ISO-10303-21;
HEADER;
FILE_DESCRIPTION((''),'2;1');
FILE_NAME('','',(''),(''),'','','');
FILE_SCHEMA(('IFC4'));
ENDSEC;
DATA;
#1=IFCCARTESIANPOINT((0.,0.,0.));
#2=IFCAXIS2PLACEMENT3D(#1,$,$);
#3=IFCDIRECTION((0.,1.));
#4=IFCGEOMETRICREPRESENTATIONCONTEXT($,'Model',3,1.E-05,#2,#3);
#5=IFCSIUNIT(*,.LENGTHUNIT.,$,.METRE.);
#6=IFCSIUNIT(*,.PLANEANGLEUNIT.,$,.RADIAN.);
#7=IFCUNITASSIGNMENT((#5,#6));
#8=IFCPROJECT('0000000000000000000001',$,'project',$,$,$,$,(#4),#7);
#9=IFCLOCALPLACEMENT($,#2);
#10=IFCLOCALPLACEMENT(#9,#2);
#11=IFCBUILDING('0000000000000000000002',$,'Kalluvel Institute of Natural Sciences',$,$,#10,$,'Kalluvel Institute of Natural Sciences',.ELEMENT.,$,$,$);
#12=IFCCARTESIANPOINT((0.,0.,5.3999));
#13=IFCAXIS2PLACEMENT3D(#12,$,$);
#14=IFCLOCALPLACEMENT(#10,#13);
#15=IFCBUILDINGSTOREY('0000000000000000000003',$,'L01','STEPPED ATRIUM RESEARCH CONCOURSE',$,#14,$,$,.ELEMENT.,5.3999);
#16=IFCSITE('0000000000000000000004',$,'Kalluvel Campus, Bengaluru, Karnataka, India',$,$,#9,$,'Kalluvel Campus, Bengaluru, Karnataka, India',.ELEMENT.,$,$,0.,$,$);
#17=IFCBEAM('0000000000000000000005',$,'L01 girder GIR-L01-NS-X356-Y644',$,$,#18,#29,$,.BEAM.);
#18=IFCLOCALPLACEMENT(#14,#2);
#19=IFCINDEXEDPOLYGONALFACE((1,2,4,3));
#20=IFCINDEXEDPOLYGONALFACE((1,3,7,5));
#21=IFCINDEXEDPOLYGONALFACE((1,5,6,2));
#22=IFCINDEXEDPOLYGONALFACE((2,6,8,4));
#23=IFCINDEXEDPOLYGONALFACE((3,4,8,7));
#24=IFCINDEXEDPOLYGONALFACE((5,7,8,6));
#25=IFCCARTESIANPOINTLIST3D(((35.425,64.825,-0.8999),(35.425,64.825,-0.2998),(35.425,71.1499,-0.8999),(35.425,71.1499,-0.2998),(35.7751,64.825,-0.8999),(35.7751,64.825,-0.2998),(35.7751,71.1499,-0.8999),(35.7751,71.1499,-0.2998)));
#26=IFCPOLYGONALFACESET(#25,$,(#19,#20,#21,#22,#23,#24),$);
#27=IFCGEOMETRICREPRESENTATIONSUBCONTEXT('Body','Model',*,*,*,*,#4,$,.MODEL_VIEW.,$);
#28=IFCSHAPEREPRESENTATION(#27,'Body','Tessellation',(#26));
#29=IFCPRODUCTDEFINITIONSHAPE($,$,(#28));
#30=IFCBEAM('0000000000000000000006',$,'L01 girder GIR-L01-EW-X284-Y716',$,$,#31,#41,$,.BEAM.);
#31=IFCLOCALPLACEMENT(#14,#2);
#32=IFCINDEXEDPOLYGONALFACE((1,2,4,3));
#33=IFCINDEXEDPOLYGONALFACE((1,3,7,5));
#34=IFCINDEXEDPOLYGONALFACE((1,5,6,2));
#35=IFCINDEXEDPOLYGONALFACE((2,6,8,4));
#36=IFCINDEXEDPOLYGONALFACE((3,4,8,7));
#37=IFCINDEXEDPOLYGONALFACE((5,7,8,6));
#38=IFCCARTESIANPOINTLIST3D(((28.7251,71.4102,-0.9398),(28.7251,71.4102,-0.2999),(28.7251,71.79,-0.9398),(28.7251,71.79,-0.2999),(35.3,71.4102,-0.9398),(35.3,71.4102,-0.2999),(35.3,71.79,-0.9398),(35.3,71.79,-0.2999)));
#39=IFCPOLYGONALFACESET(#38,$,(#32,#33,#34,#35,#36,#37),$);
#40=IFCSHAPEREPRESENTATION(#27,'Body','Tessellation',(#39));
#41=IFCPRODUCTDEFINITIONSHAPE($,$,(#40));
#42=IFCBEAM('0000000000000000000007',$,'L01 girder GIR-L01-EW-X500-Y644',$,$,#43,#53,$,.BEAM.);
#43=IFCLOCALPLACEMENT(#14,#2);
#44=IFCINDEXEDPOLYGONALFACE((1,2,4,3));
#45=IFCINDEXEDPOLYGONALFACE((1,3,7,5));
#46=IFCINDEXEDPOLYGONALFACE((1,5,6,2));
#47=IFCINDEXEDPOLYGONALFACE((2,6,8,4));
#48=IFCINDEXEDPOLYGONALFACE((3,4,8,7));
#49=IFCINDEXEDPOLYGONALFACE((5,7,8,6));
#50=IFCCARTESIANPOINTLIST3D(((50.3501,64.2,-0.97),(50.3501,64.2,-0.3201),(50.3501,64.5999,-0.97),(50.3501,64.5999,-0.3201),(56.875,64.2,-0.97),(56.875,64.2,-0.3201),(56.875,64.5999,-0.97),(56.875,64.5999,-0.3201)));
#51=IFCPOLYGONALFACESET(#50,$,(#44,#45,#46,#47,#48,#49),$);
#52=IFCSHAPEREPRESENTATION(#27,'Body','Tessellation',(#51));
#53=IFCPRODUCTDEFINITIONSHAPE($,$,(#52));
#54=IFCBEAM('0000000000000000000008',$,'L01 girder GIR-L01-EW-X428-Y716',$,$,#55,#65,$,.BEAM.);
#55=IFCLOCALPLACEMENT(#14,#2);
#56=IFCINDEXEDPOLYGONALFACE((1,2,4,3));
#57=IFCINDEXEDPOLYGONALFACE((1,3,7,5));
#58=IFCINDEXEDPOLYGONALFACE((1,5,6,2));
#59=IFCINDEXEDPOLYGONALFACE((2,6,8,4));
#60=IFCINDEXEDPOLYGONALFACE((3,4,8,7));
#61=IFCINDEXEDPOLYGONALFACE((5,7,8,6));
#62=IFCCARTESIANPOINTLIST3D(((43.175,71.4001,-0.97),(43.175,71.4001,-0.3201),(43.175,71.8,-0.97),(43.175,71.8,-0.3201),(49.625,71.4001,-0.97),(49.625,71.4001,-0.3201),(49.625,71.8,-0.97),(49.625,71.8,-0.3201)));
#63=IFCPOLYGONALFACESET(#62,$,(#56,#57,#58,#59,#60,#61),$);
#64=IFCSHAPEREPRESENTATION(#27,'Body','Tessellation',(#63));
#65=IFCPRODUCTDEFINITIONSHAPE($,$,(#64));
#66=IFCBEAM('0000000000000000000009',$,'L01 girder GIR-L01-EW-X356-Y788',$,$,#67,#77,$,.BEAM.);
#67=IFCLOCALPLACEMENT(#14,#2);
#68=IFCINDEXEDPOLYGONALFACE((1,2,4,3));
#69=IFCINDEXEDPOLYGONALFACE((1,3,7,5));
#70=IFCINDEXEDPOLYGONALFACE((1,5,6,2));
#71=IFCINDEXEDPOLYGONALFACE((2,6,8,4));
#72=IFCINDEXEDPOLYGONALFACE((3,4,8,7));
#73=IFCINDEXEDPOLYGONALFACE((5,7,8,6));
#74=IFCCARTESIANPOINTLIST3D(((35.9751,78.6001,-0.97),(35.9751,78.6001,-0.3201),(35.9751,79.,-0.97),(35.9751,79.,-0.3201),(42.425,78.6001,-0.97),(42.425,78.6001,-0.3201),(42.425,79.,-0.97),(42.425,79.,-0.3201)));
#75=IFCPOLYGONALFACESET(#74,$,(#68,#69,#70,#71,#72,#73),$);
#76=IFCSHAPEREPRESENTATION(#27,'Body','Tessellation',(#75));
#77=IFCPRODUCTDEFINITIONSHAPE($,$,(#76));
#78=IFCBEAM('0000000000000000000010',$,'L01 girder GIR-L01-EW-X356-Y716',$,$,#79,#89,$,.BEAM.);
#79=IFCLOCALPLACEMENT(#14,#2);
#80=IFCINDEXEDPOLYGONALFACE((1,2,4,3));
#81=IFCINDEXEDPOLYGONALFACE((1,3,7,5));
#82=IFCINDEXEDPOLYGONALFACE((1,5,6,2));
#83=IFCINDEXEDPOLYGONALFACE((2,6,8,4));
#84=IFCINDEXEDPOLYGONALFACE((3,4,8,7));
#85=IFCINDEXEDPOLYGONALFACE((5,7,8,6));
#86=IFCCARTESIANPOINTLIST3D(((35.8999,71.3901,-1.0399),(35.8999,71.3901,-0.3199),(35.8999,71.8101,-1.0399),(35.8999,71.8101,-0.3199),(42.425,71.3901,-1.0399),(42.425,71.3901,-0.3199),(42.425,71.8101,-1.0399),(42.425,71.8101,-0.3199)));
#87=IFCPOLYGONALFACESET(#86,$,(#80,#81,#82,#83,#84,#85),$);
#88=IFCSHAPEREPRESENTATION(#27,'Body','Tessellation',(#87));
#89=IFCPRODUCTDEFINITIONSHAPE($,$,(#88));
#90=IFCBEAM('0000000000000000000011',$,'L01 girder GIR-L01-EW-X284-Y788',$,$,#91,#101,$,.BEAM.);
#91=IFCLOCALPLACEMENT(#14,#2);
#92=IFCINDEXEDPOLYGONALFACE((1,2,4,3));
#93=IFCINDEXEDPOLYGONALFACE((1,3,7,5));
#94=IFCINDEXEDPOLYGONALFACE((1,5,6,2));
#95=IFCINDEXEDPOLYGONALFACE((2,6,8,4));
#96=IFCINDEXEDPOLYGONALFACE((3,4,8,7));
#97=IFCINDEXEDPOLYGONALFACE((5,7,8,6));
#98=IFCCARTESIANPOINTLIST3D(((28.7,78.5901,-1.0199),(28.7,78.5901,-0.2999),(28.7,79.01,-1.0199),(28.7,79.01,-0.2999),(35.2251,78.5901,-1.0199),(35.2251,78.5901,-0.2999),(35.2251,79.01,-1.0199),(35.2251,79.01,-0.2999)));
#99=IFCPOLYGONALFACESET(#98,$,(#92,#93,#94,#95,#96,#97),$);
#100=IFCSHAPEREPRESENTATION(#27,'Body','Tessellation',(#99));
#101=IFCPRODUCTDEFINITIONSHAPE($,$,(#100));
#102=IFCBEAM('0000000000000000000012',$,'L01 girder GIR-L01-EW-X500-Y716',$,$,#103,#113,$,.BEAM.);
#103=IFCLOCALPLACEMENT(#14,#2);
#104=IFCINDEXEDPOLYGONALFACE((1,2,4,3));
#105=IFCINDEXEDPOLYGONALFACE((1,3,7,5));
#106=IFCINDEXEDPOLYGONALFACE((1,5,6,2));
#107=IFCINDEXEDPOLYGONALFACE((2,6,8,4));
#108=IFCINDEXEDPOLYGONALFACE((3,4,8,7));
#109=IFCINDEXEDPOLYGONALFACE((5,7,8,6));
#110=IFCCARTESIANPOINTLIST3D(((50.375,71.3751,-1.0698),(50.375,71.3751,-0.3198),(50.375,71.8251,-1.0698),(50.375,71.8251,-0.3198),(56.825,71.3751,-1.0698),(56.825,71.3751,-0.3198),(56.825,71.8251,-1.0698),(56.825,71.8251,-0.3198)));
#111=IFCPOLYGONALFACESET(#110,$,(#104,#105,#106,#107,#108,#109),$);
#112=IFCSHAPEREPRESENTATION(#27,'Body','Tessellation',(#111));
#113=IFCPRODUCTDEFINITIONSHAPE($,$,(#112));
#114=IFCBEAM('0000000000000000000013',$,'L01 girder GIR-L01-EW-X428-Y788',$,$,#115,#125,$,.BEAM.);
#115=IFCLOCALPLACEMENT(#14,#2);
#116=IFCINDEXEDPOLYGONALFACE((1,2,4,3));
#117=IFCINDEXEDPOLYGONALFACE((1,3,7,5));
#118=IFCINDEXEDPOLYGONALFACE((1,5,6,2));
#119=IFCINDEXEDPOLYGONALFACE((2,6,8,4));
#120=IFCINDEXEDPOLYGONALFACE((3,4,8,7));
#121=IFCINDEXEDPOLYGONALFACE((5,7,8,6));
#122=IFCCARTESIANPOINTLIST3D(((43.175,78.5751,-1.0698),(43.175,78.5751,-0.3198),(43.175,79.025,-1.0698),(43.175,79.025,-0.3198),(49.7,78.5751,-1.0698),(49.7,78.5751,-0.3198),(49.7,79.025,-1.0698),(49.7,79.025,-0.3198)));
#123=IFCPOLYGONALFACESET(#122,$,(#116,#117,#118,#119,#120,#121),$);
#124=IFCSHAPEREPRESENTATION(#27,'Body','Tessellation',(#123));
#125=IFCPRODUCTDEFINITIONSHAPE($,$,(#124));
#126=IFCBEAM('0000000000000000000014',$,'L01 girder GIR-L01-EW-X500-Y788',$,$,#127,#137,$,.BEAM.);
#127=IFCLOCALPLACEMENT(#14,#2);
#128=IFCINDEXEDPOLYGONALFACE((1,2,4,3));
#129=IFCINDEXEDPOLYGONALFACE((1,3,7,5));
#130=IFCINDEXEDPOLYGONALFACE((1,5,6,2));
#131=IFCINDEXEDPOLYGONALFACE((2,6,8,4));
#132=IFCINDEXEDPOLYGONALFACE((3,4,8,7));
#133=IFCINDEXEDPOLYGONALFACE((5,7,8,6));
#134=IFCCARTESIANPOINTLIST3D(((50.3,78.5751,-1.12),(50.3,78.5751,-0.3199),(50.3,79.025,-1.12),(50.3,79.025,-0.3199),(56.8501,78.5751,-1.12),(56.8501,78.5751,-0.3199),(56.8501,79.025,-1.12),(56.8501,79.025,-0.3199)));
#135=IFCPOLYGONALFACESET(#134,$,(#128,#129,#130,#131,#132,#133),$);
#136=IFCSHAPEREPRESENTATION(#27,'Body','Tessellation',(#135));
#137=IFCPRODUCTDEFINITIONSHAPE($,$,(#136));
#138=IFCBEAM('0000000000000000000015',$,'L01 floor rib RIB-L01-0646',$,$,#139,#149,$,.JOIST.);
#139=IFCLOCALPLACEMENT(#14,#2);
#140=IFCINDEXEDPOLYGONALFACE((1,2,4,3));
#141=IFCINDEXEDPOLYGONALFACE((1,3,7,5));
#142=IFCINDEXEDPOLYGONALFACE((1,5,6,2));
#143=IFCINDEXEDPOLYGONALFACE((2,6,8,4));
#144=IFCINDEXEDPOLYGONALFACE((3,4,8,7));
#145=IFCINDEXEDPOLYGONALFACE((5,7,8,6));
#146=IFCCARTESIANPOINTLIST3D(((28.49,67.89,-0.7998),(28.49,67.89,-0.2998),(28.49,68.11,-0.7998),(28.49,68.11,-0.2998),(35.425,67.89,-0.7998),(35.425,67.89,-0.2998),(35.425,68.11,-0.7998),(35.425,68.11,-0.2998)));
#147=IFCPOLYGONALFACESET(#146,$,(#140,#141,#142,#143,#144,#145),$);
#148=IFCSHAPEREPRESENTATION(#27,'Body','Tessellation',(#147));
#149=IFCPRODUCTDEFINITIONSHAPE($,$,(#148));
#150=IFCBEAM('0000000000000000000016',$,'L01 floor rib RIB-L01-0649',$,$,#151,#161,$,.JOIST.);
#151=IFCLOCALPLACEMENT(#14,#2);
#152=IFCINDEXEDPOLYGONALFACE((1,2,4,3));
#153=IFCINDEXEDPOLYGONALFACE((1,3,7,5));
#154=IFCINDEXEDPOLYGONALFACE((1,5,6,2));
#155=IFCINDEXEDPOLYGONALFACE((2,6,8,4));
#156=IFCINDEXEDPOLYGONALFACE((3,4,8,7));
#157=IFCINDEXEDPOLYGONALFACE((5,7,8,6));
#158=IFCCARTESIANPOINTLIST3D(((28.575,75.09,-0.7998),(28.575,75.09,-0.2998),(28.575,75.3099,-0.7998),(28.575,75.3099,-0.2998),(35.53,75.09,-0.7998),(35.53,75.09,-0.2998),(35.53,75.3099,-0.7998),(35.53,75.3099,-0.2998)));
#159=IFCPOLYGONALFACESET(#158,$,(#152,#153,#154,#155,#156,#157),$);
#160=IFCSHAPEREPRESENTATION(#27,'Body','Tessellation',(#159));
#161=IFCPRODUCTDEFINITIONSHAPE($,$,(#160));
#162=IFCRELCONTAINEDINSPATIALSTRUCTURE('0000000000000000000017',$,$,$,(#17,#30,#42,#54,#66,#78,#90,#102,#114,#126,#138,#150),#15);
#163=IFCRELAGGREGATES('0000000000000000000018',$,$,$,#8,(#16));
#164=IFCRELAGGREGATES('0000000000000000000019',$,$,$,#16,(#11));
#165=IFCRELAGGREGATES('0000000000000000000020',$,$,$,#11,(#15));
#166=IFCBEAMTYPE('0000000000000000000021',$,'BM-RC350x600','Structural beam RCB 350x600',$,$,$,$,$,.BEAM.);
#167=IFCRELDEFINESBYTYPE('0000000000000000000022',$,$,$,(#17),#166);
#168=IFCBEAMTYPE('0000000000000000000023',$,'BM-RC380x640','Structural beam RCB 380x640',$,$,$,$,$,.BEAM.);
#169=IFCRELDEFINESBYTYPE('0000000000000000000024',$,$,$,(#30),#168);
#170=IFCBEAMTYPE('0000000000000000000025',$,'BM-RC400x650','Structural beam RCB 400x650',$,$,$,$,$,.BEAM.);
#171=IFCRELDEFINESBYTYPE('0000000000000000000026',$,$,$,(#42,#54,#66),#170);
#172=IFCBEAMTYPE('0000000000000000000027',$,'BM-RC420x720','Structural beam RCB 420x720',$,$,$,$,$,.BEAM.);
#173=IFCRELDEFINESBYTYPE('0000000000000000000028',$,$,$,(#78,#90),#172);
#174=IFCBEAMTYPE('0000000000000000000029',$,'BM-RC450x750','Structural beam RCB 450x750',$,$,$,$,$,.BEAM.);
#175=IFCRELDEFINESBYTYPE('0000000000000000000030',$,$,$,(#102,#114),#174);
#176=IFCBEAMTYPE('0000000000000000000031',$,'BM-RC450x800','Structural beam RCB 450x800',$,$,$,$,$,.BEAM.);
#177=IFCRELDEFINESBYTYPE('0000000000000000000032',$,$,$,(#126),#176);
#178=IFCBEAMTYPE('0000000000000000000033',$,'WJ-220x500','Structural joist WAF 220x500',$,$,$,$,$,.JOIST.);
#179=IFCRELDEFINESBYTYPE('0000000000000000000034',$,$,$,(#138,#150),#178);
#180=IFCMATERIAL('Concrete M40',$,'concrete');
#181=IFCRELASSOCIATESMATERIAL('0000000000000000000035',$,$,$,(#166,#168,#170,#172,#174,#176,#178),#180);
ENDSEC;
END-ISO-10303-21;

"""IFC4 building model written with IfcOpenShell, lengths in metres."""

from ifc_helpers import new_model, si_unit, direction, frame, origin, origin_2d, place, context, subcontext, project, spatial, rectangle, extrude, material, material_profile, profile_set, type_object, element, save


model = new_model("IFC4")

# Units and contexts
model_context = context("Model", 3, precision=1e-05, world=origin(), true_north=direction((0.0, 1.0)))
body_context = subcontext(model_context, "Body", "Model", "MODEL_VIEW")
ifc_project = project(units=[si_unit("LENGTHUNIT", "METRE"), si_unit("PLANEANGLEUNIT", "RADIAN")], contexts=[model_context])

# Site, building, storey
site_placement = place(None, origin())
site = spatial("IfcSite", under=ifc_project, at=site_placement, Name="Kalluvel Campus, Bengaluru, Karnataka, India", LongName="Kalluvel Campus, Bengaluru, Karnataka, India", CompositionType="ELEMENT", RefElevation=0.0)
building_placement = place(site_placement, origin())
building = spatial("IfcBuilding", under=site, at=building_placement, Name="Kalluvel Institute of Natural Sciences", LongName="Kalluvel Institute of Natural Sciences", CompositionType="ELEMENT")
storey_placement = place(building_placement, frame((0.0, 0.0, 5.3999)))
storey = spatial("IfcBuildingStorey", under=building, at=storey_placement, Name="L01", Description="STEPPED ATRIUM RESEARCH CONCOURSE", CompositionType="ELEMENT", Elevation=5.3999)

# Shared definitions
ifc_material_1 = material(Name="Concrete M40", Category="concrete")

# Beams
ifc_material_profile_1 = material_profile(ifc_material_1, rectangle(XDim=0.3501, YDim=0.6001, at=origin_2d()), Name="RCB 350x600")
ifc_profile_set_1 = profile_set([ifc_material_profile_1], Name="Concrete M40")
beam_type_1 = type_object("IfcBeamType", Name="BM-RC350x600", Description="Structural beam RCB 350x600", PredefinedType="BEAM", material=ifc_profile_set_1)
beam_1_placement = place(storey_placement, frame((35.6001, 64.825, -0.5999), z_axis=(0.0, 1.0, 0.0), x_axis=(-1.0, 0.0, 0.0)))
element("IfcBeam", 1, at=beam_1_placement, inside=storey, type_object=beam_type_1, Name="L01 girder GIR-L01-NS-X356-Y644", PredefinedType="BEAM", context=body_context, shape_type="SweptSolid", body=[
    extrude(rectangle(XDim=0.3501, YDim=0.6001, at=origin_2d()), origin(), (0.0, 0.0, 1.0), 6.325),
])
ifc_material_profile_2 = material_profile(ifc_material_1, rectangle(XDim=0.3799, YDim=0.6399, at=origin_2d()), Name="RCB 380x640")
ifc_profile_set_2 = profile_set([ifc_material_profile_2], Name="Concrete M40")
beam_type_2 = type_object("IfcBeamType", Name="BM-RC380x640", Description="Structural beam RCB 380x640", PredefinedType="BEAM", material=ifc_profile_set_2)
beam_2_placement = place(storey_placement, frame((28.7251, 71.6001, -0.6199), z_axis=(1.0, 0.0, 0.0), x_axis=(0.0, 1.0, 0.0)))
element("IfcBeam", 2, at=beam_2_placement, inside=storey, type_object=beam_type_2, Name="L01 girder GIR-L01-EW-X284-Y716", PredefinedType="BEAM", context=body_context, shape_type="SweptSolid", body=[
    extrude(rectangle(XDim=0.3799, YDim=0.6399, at=origin_2d()), origin(), (0.0, 0.0, 1.0), 6.575),
])
ifc_material_profile_3 = material_profile(ifc_material_1, rectangle(XDim=0.3999, YDim=0.6499, at=origin_2d()), Name="RCB 400x650")
ifc_profile_set_3 = profile_set([ifc_material_profile_3], Name="Concrete M40")
beam_type_3 = type_object("IfcBeamType", Name="BM-RC400x650", Description="Structural beam RCB 400x650", PredefinedType="BEAM", material=ifc_profile_set_3)
beam_3_placement = place(storey_placement, frame((50.3501, 64.3999, -0.645), z_axis=(1.0, 0.0, 0.0), x_axis=(0.0, 1.0, 0.0)))
element("IfcBeam", 3, at=beam_3_placement, inside=storey, type_object=beam_type_3, Name="L01 girder GIR-L01-EW-X500-Y644", PredefinedType="BEAM", context=body_context, shape_type="SweptSolid", body=[
    extrude(rectangle(XDim=0.3999, YDim=0.6499, at=origin_2d()), origin(), (0.0, 0.0, 1.0), 6.5249),
])
for number, where, z_axis, x_axis, name in (
    (4, (43.175, 71.6001, -0.645), (1.0, 0.0, 0.0), (0.0, 1.0, 0.0), "L01 girder GIR-L01-EW-X428-Y716"),
    (5, (35.9751, 78.8, -0.645), (1.0, 0.0, 0.0), (0.0, 1.0, 0.0), "L01 girder GIR-L01-EW-X356-Y788"),
):
    element("IfcBeam", number, at=place(storey_placement, frame(where, z_axis=z_axis, x_axis=x_axis)), inside=storey, type_object=beam_type_3, Name=name, PredefinedType="BEAM", context=body_context, shape_type="SweptSolid", body=[
        extrude(rectangle(XDim=0.3999, YDim=0.6499, at=origin_2d()), origin(), (0.0, 0.0, 1.0), 6.45),
    ])
ifc_material_profile_4 = material_profile(ifc_material_1, rectangle(XDim=0.4199, YDim=0.72, at=origin_2d()), Name="RCB 420x720")
ifc_profile_set_4 = profile_set([ifc_material_profile_4], Name="Concrete M40")
beam_type_4 = type_object("IfcBeamType", Name="BM-RC420x720", Description="Structural beam RCB 420x720", PredefinedType="BEAM", material=ifc_profile_set_4)
for number, where, z_axis, x_axis, name in (
    (6, (35.8999, 71.6001, -0.6799), (1.0, 0.0, 0.0), (0.0, 1.0, 0.0), "L01 girder GIR-L01-EW-X356-Y716"),
    (7, (28.7, 78.8, -0.6599), (1.0, 0.0, 0.0), (0.0, 1.0, 0.0), "L01 girder GIR-L01-EW-X284-Y788"),
):
    element("IfcBeam", number, at=place(storey_placement, frame(where, z_axis=z_axis, x_axis=x_axis)), inside=storey, type_object=beam_type_4, Name=name, PredefinedType="BEAM", context=body_context, shape_type="SweptSolid", body=[
        extrude(rectangle(XDim=0.4199, YDim=0.72, at=origin_2d()), origin(), (0.0, 0.0, 1.0), 6.5251),
    ])
ifc_material_profile_5 = material_profile(ifc_material_1, rectangle(XDim=0.45, YDim=0.75, at=origin_2d()), Name="RCB 450x750")
ifc_profile_set_5 = profile_set([ifc_material_profile_5], Name="Concrete M40")
beam_type_5 = type_object("IfcBeamType", Name="BM-RC450x750", Description="Structural beam RCB 450x750", PredefinedType="BEAM", material=ifc_profile_set_5)
beam_4_placement = place(storey_placement, frame((50.375, 71.6001, -0.6948), z_axis=(1.0, 0.0, 0.0), x_axis=(0.0, 1.0, 0.0)))
element("IfcBeam", 8, at=beam_4_placement, inside=storey, type_object=beam_type_5, Name="L01 girder GIR-L01-EW-X500-Y716", PredefinedType="BEAM", context=body_context, shape_type="SweptSolid", body=[
    extrude(rectangle(XDim=0.45, YDim=0.75, at=origin_2d()), origin(), (0.0, 0.0, 1.0), 6.45),
])
beam_5_placement = place(storey_placement, frame((43.175, 78.8, -0.6948), z_axis=(1.0, 0.0, 0.0), x_axis=(0.0, 1.0, 0.0)))
element("IfcBeam", 9, at=beam_5_placement, inside=storey, type_object=beam_type_5, Name="L01 girder GIR-L01-EW-X428-Y788", PredefinedType="BEAM", context=body_context, shape_type="SweptSolid", body=[
    extrude(rectangle(XDim=0.45, YDim=0.75, at=origin_2d()), origin(), (0.0, 0.0, 1.0), 6.5249),
])
ifc_material_profile_6 = material_profile(ifc_material_1, rectangle(XDim=0.45, YDim=0.8, at=origin_2d()), Name="RCB 450x800")
ifc_profile_set_6 = profile_set([ifc_material_profile_6], Name="Concrete M40")
beam_type_6 = type_object("IfcBeamType", Name="BM-RC450x800", Description="Structural beam RCB 450x800", PredefinedType="BEAM", material=ifc_profile_set_6)
beam_6_placement = place(storey_placement, frame((50.3, 78.8, -0.72), z_axis=(1.0, 0.0, 0.0), x_axis=(0.0, 1.0, 0.0)))
element("IfcBeam", 10, at=beam_6_placement, inside=storey, type_object=beam_type_6, Name="L01 girder GIR-L01-EW-X500-Y788", PredefinedType="BEAM", context=body_context, shape_type="SweptSolid", body=[
    extrude(rectangle(XDim=0.45, YDim=0.8, at=origin_2d()), origin(), (0.0, 0.0, 1.0), 6.55),
])
ifc_material_profile_7 = material_profile(ifc_material_1, rectangle(XDim=0.22, YDim=0.5, at=origin_2d()), Name="WAF 220x500")
ifc_profile_set_7 = profile_set([ifc_material_profile_7], Name="Concrete M40")
beam_type_7 = type_object("IfcBeamType", Name="WJ-220x500", Description="Structural joist WAF 220x500", PredefinedType="JOIST", material=ifc_profile_set_7)
beam_7_placement = place(storey_placement, frame((28.49, 68.0, -0.5498), z_axis=(1.0, 0.0, 0.0), x_axis=(0.0, 1.0, 0.0)))
element("IfcBeam", 11, at=beam_7_placement, inside=storey, type_object=beam_type_7, Name="L01 floor rib RIB-L01-0646", PredefinedType="JOIST", context=body_context, shape_type="SweptSolid", body=[
    extrude(rectangle(XDim=0.22, YDim=0.5, at=origin_2d()), origin(), (0.0, 0.0, 1.0), 6.9351),
])
beam_8_placement = place(storey_placement, frame((28.575, 75.2, -0.5498), z_axis=(1.0, 0.0, 0.0), x_axis=(0.0, 1.0, 0.0)))
element("IfcBeam", 12, at=beam_8_placement, inside=storey, type_object=beam_type_7, Name="L01 floor rib RIB-L01-0649", PredefinedType="JOIST", context=body_context, shape_type="SweptSolid", body=[
    extrude(rectangle(XDim=0.22, YDim=0.5, at=origin_2d()), origin(), (0.0, 0.0, 1.0), 6.9551),
])

save(model, "model.ifc")
